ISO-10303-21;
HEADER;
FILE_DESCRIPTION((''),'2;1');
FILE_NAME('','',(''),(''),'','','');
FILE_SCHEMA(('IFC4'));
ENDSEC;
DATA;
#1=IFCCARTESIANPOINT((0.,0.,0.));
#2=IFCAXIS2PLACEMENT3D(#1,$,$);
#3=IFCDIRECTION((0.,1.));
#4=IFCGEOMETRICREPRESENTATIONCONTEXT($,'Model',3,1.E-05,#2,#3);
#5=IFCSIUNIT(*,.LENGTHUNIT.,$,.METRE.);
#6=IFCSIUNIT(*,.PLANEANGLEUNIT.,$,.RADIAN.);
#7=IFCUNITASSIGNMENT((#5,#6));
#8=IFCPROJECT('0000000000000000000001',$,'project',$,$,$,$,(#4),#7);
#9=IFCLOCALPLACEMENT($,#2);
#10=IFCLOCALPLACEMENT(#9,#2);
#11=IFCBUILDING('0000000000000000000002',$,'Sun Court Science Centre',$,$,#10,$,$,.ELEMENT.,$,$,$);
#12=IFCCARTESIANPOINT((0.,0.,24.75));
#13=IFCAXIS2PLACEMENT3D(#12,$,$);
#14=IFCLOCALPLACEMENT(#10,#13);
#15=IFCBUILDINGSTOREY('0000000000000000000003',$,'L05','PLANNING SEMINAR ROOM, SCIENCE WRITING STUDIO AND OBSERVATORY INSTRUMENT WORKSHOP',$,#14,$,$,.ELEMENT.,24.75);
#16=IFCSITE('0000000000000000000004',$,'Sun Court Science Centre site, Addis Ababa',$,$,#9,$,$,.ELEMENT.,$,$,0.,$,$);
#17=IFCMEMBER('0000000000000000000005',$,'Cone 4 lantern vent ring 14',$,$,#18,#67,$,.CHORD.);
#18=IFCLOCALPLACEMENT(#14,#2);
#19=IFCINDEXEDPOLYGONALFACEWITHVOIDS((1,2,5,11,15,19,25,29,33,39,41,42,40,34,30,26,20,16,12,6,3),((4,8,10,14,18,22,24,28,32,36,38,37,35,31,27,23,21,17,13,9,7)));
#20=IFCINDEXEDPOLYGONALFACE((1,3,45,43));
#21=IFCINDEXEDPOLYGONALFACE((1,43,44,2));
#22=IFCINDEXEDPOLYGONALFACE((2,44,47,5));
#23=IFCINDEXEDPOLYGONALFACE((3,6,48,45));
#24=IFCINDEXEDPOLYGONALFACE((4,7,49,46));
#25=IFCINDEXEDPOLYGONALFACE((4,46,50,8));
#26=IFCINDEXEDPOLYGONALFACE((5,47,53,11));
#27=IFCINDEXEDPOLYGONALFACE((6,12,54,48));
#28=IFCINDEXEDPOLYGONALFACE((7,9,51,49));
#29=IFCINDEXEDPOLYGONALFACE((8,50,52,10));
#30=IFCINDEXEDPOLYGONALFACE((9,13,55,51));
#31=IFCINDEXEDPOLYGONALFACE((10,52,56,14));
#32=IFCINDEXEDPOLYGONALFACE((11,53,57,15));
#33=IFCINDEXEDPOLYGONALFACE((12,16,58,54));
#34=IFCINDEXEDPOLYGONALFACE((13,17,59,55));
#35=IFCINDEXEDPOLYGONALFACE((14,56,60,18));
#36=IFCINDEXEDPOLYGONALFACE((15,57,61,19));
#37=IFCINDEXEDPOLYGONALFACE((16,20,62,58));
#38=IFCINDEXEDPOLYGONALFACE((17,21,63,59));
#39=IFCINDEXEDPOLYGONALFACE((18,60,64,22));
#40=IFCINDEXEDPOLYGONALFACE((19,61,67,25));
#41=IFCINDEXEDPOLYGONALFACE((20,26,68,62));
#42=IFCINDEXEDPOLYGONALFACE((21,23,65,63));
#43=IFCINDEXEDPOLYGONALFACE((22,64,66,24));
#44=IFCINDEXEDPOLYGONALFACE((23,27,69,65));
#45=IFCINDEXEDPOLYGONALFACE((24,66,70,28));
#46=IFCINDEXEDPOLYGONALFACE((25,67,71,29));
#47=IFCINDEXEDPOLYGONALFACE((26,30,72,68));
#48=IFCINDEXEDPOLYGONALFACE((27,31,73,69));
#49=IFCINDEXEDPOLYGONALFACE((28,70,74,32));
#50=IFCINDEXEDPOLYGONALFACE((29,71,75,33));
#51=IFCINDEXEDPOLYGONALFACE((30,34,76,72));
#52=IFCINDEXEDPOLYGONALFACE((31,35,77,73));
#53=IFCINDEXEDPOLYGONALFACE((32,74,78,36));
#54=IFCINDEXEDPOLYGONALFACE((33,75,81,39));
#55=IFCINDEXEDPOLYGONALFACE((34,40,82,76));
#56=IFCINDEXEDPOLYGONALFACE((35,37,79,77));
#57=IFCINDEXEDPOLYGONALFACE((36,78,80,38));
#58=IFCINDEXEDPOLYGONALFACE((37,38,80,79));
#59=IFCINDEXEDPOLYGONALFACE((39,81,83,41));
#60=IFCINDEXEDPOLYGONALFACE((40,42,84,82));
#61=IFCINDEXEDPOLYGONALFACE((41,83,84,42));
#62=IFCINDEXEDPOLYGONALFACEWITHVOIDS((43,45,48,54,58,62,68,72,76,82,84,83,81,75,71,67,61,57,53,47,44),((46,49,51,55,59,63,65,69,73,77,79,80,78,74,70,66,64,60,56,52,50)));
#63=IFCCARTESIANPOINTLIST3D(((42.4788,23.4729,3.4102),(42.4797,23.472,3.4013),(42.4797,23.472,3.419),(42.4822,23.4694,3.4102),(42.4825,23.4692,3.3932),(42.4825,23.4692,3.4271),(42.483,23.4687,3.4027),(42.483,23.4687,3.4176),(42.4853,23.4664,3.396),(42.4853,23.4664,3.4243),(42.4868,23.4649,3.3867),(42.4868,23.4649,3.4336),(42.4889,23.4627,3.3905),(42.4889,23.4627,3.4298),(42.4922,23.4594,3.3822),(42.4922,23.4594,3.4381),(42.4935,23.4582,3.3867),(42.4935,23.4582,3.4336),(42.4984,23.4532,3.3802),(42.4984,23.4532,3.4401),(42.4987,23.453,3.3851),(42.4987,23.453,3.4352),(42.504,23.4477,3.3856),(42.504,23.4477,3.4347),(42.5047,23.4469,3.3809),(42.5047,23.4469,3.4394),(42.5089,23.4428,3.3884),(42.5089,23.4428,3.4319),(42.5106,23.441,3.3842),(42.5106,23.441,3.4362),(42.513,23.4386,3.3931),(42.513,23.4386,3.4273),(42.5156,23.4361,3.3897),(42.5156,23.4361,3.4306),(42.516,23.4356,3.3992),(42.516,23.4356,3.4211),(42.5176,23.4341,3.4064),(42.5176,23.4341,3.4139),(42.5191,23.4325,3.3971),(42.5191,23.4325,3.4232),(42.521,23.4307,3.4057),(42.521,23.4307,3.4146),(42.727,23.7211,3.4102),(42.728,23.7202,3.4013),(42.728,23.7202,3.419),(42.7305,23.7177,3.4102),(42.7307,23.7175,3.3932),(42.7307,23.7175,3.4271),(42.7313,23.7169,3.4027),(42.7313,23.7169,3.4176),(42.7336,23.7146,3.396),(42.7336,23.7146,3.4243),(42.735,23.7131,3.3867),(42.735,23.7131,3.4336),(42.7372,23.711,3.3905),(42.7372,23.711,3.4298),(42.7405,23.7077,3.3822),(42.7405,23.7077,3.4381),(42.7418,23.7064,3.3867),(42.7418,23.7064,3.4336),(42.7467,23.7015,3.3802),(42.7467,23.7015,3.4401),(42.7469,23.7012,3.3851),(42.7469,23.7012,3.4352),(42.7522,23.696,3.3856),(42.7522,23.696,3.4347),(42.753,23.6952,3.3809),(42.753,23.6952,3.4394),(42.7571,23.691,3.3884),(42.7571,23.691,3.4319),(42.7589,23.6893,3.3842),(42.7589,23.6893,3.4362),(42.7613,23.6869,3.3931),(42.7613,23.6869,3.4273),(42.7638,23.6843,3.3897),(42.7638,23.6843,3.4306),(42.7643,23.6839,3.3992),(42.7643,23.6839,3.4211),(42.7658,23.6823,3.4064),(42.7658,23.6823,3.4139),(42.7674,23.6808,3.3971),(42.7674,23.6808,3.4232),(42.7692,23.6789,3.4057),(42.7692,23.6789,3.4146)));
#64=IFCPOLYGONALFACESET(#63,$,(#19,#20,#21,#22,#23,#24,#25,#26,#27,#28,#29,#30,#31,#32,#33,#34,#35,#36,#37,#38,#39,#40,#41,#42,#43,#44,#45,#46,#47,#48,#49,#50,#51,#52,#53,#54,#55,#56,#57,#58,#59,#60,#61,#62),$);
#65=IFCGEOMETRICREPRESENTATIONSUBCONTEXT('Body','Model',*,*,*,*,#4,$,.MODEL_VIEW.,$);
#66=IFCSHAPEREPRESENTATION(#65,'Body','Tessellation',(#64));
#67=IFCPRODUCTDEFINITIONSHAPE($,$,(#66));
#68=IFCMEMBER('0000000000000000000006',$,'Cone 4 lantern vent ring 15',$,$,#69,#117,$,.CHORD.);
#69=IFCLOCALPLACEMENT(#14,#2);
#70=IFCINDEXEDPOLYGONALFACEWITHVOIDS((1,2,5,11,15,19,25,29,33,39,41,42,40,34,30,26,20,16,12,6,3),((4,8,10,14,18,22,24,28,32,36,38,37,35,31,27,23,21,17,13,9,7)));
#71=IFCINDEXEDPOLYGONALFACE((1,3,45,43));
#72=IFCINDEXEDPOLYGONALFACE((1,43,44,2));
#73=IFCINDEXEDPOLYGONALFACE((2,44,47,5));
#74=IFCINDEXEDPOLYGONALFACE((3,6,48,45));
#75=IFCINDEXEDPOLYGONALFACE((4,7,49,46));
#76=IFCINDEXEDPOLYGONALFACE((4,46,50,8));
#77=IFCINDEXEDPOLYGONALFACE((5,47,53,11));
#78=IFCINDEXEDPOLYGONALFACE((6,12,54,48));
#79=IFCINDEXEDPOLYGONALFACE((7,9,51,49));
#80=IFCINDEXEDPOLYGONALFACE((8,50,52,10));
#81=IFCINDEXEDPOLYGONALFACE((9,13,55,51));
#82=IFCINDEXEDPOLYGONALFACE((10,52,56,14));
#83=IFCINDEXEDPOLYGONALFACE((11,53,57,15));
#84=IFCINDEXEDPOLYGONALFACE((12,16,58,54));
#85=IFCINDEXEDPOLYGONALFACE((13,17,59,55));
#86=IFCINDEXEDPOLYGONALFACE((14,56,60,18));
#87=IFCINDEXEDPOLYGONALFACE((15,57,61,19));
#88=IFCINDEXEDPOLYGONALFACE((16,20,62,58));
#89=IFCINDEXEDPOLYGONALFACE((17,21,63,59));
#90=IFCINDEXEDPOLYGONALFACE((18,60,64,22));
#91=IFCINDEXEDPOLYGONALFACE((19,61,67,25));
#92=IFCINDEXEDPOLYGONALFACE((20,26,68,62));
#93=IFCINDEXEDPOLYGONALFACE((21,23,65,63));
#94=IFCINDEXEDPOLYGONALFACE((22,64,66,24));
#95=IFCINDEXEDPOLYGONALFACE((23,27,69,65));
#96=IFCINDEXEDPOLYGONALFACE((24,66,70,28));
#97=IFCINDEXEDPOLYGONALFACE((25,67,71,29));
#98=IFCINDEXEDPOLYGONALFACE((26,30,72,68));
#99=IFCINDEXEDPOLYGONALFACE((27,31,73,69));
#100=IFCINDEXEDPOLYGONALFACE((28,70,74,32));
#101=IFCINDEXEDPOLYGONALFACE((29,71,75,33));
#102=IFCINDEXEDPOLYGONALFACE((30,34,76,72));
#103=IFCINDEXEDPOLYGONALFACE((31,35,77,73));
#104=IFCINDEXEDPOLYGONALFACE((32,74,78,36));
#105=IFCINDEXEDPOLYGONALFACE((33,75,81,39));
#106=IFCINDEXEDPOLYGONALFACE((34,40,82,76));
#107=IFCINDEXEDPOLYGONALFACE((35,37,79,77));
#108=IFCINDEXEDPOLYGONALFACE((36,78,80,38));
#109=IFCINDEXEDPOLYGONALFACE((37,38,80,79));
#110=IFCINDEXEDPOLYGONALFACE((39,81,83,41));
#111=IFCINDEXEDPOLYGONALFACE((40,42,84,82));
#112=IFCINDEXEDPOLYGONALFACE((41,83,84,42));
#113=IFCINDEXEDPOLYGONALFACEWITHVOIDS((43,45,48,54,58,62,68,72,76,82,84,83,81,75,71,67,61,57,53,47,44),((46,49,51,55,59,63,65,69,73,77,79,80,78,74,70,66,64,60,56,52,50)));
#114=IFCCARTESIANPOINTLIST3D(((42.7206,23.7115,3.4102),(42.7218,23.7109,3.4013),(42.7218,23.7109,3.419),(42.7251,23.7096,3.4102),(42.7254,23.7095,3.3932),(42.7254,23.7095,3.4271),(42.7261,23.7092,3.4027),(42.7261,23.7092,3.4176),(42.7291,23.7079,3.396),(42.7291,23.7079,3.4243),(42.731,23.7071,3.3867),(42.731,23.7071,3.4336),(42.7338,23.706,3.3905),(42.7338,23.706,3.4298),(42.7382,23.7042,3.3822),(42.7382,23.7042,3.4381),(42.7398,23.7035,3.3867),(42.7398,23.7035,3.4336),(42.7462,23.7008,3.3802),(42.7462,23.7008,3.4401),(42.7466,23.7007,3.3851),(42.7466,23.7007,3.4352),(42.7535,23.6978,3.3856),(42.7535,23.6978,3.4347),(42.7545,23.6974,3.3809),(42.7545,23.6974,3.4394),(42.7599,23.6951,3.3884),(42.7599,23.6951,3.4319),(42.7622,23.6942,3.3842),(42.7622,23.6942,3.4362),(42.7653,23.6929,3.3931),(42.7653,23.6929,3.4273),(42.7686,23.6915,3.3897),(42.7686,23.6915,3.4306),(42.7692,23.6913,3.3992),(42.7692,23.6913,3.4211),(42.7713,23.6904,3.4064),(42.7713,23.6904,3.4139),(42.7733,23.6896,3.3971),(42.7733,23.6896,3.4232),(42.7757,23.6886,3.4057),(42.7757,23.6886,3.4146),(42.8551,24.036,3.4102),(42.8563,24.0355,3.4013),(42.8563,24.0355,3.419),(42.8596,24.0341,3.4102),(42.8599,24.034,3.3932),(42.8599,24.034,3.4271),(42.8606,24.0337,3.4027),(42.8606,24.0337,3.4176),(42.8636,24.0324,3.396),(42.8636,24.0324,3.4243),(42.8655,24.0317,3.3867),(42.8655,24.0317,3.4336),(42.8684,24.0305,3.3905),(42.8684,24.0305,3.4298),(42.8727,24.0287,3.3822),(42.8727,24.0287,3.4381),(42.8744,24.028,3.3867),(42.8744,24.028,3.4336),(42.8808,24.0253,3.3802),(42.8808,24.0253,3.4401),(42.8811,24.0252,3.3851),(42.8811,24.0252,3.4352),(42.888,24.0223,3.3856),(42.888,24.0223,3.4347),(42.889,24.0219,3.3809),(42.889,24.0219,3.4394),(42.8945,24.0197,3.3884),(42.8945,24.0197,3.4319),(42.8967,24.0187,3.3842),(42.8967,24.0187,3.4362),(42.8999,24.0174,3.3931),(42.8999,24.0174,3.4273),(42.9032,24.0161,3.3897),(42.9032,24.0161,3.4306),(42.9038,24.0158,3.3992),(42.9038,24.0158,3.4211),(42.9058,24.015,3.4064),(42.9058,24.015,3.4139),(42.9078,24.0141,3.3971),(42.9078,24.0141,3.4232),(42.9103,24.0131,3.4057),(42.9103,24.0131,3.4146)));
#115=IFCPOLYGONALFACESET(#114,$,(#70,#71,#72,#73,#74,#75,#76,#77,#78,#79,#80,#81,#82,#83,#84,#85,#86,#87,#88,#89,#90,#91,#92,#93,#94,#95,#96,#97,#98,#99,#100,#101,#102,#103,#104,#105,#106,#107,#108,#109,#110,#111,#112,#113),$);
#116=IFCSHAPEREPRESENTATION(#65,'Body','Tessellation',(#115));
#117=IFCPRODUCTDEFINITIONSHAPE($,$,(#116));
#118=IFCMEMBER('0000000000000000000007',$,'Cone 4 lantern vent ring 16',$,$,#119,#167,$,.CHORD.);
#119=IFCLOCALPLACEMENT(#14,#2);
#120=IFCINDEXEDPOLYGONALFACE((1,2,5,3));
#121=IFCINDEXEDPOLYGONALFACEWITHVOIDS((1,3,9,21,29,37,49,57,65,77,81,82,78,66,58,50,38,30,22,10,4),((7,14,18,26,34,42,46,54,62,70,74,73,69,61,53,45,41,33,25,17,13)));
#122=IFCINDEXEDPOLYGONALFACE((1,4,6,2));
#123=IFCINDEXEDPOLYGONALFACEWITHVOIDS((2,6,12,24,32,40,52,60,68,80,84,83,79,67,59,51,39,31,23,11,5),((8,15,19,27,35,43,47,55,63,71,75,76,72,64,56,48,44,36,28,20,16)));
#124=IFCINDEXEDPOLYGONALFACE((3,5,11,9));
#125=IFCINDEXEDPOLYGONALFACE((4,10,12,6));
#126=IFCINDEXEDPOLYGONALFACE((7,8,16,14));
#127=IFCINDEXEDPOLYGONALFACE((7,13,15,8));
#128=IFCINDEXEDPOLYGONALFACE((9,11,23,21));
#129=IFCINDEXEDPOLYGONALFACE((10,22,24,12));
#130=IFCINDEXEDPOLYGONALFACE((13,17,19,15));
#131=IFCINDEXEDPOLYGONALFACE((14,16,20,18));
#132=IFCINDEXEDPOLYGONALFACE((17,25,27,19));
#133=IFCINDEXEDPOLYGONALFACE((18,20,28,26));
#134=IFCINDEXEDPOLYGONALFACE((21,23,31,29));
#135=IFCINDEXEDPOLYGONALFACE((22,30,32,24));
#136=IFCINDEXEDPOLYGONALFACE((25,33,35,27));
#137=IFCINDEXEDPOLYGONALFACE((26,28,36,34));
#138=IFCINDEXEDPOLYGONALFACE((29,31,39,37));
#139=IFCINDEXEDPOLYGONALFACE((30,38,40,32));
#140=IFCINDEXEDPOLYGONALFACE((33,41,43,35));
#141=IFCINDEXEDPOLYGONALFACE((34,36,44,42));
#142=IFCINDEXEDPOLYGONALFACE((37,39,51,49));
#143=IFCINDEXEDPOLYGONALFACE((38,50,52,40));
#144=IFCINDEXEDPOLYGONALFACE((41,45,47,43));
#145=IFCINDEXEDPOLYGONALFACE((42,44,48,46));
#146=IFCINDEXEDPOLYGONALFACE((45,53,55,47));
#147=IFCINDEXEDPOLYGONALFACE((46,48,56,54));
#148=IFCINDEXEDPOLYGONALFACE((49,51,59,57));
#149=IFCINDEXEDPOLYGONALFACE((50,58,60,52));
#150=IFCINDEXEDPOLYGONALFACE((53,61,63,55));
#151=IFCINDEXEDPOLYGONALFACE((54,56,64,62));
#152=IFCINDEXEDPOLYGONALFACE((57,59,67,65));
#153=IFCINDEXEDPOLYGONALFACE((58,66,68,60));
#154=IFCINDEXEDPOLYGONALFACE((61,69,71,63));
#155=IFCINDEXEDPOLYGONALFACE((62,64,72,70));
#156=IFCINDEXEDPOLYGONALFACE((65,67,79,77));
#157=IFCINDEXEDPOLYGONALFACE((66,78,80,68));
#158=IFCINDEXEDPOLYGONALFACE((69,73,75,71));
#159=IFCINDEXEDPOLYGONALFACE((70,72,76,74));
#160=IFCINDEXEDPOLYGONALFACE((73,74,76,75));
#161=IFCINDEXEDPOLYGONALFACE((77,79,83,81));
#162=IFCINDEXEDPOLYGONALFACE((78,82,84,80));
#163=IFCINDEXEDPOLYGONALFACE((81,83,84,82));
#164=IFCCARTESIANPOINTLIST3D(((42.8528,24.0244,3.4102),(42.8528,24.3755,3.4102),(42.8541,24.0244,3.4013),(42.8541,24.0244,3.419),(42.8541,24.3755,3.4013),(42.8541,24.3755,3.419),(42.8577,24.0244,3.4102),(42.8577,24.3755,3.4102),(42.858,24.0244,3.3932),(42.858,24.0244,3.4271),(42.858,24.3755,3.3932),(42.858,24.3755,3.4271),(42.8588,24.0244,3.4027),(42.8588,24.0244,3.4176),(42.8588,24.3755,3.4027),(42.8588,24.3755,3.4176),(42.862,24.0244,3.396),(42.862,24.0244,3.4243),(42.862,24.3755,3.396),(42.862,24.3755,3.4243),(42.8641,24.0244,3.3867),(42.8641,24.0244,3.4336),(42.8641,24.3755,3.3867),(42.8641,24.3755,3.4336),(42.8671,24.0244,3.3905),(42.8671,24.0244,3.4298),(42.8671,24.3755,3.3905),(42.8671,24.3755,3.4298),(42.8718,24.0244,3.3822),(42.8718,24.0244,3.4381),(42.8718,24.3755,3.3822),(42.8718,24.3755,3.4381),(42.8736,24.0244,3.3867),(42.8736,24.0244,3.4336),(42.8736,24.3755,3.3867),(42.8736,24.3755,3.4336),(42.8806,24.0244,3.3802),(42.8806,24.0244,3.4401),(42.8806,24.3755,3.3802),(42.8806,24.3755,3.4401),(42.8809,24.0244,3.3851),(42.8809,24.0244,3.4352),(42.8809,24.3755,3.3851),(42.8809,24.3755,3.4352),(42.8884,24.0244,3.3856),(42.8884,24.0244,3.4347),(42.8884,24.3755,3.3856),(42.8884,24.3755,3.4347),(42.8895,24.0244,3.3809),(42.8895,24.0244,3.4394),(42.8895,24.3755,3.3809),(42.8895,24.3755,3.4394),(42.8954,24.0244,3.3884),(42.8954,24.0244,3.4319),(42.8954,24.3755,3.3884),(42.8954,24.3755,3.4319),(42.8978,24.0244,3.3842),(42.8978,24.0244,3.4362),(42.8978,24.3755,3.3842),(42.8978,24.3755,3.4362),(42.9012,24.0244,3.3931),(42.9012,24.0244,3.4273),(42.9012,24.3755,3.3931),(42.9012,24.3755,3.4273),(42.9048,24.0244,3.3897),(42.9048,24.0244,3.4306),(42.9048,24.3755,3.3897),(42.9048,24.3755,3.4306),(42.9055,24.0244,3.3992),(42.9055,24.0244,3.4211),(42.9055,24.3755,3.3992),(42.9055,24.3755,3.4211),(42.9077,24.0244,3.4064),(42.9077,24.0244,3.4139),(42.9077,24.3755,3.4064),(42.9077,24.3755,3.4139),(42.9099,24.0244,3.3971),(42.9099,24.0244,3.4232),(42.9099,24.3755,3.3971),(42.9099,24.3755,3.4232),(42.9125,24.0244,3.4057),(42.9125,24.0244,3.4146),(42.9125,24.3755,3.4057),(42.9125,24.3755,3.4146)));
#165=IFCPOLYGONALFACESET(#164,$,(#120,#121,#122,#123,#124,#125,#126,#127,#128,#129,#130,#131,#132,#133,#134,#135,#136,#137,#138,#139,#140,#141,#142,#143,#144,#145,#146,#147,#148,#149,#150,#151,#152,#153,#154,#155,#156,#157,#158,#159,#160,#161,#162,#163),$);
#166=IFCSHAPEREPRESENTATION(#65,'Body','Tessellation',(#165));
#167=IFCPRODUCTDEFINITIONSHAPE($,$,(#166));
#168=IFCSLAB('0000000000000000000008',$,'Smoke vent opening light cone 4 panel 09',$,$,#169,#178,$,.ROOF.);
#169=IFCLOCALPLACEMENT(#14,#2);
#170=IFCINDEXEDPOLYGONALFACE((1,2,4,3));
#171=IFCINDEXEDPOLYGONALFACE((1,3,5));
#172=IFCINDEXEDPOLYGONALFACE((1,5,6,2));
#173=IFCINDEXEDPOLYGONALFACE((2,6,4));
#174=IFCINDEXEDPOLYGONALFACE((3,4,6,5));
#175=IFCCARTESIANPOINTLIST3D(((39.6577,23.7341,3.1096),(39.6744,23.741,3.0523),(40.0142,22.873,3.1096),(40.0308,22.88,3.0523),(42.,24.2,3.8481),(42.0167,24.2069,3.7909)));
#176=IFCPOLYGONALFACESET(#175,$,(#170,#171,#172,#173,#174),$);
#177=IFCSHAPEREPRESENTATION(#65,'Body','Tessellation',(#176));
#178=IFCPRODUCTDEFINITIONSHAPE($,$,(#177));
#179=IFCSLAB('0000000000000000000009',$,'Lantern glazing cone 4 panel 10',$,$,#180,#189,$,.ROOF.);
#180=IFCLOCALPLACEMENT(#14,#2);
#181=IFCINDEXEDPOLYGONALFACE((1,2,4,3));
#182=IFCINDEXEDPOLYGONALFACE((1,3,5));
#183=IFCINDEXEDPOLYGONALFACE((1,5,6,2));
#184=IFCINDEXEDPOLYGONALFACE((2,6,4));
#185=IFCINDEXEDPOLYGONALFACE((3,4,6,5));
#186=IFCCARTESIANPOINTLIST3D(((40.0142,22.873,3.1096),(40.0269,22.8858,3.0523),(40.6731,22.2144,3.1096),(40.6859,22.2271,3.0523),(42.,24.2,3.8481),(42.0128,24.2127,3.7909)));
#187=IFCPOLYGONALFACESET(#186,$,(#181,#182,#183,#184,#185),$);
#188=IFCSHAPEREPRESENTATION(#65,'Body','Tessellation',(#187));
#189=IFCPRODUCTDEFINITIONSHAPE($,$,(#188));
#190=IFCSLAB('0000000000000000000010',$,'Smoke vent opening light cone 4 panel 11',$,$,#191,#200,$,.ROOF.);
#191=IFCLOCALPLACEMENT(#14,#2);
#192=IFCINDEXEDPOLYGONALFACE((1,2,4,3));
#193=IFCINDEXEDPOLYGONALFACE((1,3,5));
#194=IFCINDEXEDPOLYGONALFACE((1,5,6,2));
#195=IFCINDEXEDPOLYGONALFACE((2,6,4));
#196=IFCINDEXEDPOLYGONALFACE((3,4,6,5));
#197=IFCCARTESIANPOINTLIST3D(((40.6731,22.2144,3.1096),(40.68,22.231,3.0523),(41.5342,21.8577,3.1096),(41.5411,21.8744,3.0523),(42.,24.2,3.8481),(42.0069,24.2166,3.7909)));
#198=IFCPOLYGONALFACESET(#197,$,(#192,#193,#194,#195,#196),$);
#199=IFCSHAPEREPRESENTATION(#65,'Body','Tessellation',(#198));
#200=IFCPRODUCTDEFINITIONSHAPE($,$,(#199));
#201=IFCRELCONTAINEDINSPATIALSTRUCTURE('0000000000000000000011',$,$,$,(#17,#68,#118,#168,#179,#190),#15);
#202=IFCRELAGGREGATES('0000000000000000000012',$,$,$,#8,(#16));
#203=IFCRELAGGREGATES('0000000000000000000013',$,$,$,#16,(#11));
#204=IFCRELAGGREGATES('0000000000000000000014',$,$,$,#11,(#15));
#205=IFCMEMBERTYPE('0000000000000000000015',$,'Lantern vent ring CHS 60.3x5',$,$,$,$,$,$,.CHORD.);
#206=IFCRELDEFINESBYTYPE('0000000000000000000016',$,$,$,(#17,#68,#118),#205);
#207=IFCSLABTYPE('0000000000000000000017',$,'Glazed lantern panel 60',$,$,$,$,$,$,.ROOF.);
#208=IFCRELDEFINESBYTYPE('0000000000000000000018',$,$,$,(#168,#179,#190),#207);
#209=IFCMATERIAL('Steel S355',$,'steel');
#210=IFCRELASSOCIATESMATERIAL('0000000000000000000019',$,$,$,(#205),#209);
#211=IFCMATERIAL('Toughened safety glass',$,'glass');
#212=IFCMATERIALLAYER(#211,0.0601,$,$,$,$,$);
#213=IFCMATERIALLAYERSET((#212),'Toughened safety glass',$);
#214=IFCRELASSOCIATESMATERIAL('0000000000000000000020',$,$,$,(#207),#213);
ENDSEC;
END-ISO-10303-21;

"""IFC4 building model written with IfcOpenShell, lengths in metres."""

from ifc_helpers import new_model, si_unit, direction, frame, origin, origin_2d, place, context, subcontext, project, spatial, polyline, hollow_circle, outline, extrude, material, layer, layer_set, material_profile, profile_set, type_object, element, save


model = new_model("IFC4")

# Units and contexts
model_context = context("Model", 3, precision=1e-05, world=origin(), true_north=direction((0.0, 1.0)))
body_context = subcontext(model_context, "Body", "Model", "MODEL_VIEW")
ifc_project = project(units=[si_unit("LENGTHUNIT", "METRE"), si_unit("PLANEANGLEUNIT", "RADIAN")], contexts=[model_context])

# Site, building, storey
site_placement = place(None, origin())
site = spatial("IfcSite", under=ifc_project, at=site_placement, Name="Sun Court Science Centre site, Addis Ababa", CompositionType="ELEMENT", RefElevation=0.0)
building_placement = place(site_placement, origin())
building = spatial("IfcBuilding", under=site, at=building_placement, Name="Sun Court Science Centre", CompositionType="ELEMENT")
storey_placement = place(building_placement, frame((0.0, 0.0, 24.75)))
storey = spatial("IfcBuildingStorey", under=building, at=storey_placement, Name="L05", Description="PLANNING SEMINAR ROOM, SCIENCE WRITING STUDIO AND OBSERVATORY INSTRUMENT WORKSHOP", CompositionType="ELEMENT", Elevation=24.75)

# Members
ifc_material_1 = material(Name="Steel S355", Category="steel")
ifc_material_profile_1 = material_profile(ifc_material_1, hollow_circle(Radius=0.03, WallThickness=0.0049, at=origin_2d()), Name="CHS 60.3x5")
ifc_profile_set_1 = profile_set([ifc_material_profile_1], Name="Steel S355")
member_type_1 = type_object("IfcMemberType", Name="Lantern vent ring CHS 60.3x5", PredefinedType="CHORD", material=ifc_profile_set_1)
for number, where, z_axis, x_axis, name in (
    (1, (42.5, 23.4517, 3.4102), (0.707107, 0.707107, 0.0), (-0.707107, 0.707107, 0.0), "Cone 4 lantern vent ring 14"),
):
    element("IfcMember", number, at=place(storey_placement, frame(where, z_axis=z_axis, x_axis=x_axis)), inside=storey, type_object=member_type_1, Name=name, PredefinedType="CHORD", context=body_context, shape_type="SweptSolid", body=[
        extrude(hollow_circle(Radius=0.03, WallThickness=0.0049, at=origin_2d()), origin(), (0.0, 0.0, 1.0), 0.3511),
    ])
member_1_placement = place(storey_placement, frame((42.7483, 23.7, 3.4102), z_axis=(0.382986, 0.923754, 0.0), x_axis=(-0.923754, 0.382986, 0.0)))
element("IfcMember", 2, at=member_1_placement, inside=storey, type_object=member_type_1, Name="Cone 4 lantern vent ring 15", PredefinedType="CHORD", context=body_context, shape_type="SweptSolid", body=[
    extrude(hollow_circle(Radius=0.03, WallThickness=0.0049, at=origin_2d()), origin(), (0.0, 0.0, 1.0), 0.3513),
])
member_2_placement = place(storey_placement, frame((42.8828, 24.0244, 3.4102), z_axis=(0.0, 1.0, 0.0), x_axis=(-1.0, 0.0, 0.0)))
element("IfcMember", 3, at=member_2_placement, inside=storey, type_object=member_type_1, Name="Cone 4 lantern vent ring 16", PredefinedType="CHORD", context=body_context, shape_type="SweptSolid", body=[
    extrude(hollow_circle(Radius=0.03, WallThickness=0.0049, at=origin_2d()), origin(), (0.0, 0.0, 1.0), 0.3511),
])

# Slabs
ifc_material_2 = material(Name="Toughened safety glass", Category="glass")
ifc_layer = layer(ifc_material_2, 0.0601)
ifc_layer_set = layer_set([ifc_layer], Name="Toughened safety glass")
slab_type = type_object("IfcSlabType", Name="Glazed lantern panel 60", PredefinedType="ROOF", material=ifc_layer_set)
slab_1_placement = place(storey_placement, frame((39.6577, 23.7341, 3.1096), z_axis=(-0.277836, -0.11501, 0.953719), x_axis=(0.382475, -0.923966, 0.0)))
element("IfcSlab", 4, at=slab_1_placement, inside=storey, type_object=slab_type, Name="Smoke vent opening light cone 4 panel 09", PredefinedType="ROOF", context=body_context, shape_type="SweptSolid", body=[
    extrude(outline(polyline([(0.0, 0.0), (0.9319, 0.0), (0.4655, 2.456), (0.0, 0.0)])), origin(), (0.0, 0.0, -1.0), 0.0601),
])
slab_2_placement = place(storey_placement, frame((40.0142, 22.873, 3.1096), z_axis=(-0.212586, -0.212664, 0.95372), x_axis=(0.707238, -0.706976, 0.0)))
element("IfcSlab", 5, at=slab_2_placement, inside=storey, type_object=slab_type, Name="Lantern glazing cone 4 panel 10", PredefinedType="ROOF", context=body_context, shape_type="SweptSolid", body=[
    extrude(outline(polyline([(0.0, 0.0), (0.9317, 0.0), (0.4664, 2.456), (0.0, 0.0)])), origin(), (0.0, 0.0, -1.0), 0.0601),
])
slab_3_placement = place(storey_placement, frame((40.6731, 22.2144, 3.1096), z_axis=(-0.115082, -0.27782, 0.953715), x_axis=(0.923873, -0.382699, 0.0)))
element("IfcSlab", 6, at=slab_3_placement, inside=storey, type_object=slab_type, Name="Smoke vent opening light cone 4 panel 11", PredefinedType="ROOF", context=body_context, shape_type="SweptSolid", body=[
    extrude(outline(polyline([(0.0, 0.0), (0.932, 0.0), (0.466, 2.4559), (0.0, 0.0)])), origin(), (0.0, 0.0, -1.0), 0.0601),
])

save(model, "model.ifc")
